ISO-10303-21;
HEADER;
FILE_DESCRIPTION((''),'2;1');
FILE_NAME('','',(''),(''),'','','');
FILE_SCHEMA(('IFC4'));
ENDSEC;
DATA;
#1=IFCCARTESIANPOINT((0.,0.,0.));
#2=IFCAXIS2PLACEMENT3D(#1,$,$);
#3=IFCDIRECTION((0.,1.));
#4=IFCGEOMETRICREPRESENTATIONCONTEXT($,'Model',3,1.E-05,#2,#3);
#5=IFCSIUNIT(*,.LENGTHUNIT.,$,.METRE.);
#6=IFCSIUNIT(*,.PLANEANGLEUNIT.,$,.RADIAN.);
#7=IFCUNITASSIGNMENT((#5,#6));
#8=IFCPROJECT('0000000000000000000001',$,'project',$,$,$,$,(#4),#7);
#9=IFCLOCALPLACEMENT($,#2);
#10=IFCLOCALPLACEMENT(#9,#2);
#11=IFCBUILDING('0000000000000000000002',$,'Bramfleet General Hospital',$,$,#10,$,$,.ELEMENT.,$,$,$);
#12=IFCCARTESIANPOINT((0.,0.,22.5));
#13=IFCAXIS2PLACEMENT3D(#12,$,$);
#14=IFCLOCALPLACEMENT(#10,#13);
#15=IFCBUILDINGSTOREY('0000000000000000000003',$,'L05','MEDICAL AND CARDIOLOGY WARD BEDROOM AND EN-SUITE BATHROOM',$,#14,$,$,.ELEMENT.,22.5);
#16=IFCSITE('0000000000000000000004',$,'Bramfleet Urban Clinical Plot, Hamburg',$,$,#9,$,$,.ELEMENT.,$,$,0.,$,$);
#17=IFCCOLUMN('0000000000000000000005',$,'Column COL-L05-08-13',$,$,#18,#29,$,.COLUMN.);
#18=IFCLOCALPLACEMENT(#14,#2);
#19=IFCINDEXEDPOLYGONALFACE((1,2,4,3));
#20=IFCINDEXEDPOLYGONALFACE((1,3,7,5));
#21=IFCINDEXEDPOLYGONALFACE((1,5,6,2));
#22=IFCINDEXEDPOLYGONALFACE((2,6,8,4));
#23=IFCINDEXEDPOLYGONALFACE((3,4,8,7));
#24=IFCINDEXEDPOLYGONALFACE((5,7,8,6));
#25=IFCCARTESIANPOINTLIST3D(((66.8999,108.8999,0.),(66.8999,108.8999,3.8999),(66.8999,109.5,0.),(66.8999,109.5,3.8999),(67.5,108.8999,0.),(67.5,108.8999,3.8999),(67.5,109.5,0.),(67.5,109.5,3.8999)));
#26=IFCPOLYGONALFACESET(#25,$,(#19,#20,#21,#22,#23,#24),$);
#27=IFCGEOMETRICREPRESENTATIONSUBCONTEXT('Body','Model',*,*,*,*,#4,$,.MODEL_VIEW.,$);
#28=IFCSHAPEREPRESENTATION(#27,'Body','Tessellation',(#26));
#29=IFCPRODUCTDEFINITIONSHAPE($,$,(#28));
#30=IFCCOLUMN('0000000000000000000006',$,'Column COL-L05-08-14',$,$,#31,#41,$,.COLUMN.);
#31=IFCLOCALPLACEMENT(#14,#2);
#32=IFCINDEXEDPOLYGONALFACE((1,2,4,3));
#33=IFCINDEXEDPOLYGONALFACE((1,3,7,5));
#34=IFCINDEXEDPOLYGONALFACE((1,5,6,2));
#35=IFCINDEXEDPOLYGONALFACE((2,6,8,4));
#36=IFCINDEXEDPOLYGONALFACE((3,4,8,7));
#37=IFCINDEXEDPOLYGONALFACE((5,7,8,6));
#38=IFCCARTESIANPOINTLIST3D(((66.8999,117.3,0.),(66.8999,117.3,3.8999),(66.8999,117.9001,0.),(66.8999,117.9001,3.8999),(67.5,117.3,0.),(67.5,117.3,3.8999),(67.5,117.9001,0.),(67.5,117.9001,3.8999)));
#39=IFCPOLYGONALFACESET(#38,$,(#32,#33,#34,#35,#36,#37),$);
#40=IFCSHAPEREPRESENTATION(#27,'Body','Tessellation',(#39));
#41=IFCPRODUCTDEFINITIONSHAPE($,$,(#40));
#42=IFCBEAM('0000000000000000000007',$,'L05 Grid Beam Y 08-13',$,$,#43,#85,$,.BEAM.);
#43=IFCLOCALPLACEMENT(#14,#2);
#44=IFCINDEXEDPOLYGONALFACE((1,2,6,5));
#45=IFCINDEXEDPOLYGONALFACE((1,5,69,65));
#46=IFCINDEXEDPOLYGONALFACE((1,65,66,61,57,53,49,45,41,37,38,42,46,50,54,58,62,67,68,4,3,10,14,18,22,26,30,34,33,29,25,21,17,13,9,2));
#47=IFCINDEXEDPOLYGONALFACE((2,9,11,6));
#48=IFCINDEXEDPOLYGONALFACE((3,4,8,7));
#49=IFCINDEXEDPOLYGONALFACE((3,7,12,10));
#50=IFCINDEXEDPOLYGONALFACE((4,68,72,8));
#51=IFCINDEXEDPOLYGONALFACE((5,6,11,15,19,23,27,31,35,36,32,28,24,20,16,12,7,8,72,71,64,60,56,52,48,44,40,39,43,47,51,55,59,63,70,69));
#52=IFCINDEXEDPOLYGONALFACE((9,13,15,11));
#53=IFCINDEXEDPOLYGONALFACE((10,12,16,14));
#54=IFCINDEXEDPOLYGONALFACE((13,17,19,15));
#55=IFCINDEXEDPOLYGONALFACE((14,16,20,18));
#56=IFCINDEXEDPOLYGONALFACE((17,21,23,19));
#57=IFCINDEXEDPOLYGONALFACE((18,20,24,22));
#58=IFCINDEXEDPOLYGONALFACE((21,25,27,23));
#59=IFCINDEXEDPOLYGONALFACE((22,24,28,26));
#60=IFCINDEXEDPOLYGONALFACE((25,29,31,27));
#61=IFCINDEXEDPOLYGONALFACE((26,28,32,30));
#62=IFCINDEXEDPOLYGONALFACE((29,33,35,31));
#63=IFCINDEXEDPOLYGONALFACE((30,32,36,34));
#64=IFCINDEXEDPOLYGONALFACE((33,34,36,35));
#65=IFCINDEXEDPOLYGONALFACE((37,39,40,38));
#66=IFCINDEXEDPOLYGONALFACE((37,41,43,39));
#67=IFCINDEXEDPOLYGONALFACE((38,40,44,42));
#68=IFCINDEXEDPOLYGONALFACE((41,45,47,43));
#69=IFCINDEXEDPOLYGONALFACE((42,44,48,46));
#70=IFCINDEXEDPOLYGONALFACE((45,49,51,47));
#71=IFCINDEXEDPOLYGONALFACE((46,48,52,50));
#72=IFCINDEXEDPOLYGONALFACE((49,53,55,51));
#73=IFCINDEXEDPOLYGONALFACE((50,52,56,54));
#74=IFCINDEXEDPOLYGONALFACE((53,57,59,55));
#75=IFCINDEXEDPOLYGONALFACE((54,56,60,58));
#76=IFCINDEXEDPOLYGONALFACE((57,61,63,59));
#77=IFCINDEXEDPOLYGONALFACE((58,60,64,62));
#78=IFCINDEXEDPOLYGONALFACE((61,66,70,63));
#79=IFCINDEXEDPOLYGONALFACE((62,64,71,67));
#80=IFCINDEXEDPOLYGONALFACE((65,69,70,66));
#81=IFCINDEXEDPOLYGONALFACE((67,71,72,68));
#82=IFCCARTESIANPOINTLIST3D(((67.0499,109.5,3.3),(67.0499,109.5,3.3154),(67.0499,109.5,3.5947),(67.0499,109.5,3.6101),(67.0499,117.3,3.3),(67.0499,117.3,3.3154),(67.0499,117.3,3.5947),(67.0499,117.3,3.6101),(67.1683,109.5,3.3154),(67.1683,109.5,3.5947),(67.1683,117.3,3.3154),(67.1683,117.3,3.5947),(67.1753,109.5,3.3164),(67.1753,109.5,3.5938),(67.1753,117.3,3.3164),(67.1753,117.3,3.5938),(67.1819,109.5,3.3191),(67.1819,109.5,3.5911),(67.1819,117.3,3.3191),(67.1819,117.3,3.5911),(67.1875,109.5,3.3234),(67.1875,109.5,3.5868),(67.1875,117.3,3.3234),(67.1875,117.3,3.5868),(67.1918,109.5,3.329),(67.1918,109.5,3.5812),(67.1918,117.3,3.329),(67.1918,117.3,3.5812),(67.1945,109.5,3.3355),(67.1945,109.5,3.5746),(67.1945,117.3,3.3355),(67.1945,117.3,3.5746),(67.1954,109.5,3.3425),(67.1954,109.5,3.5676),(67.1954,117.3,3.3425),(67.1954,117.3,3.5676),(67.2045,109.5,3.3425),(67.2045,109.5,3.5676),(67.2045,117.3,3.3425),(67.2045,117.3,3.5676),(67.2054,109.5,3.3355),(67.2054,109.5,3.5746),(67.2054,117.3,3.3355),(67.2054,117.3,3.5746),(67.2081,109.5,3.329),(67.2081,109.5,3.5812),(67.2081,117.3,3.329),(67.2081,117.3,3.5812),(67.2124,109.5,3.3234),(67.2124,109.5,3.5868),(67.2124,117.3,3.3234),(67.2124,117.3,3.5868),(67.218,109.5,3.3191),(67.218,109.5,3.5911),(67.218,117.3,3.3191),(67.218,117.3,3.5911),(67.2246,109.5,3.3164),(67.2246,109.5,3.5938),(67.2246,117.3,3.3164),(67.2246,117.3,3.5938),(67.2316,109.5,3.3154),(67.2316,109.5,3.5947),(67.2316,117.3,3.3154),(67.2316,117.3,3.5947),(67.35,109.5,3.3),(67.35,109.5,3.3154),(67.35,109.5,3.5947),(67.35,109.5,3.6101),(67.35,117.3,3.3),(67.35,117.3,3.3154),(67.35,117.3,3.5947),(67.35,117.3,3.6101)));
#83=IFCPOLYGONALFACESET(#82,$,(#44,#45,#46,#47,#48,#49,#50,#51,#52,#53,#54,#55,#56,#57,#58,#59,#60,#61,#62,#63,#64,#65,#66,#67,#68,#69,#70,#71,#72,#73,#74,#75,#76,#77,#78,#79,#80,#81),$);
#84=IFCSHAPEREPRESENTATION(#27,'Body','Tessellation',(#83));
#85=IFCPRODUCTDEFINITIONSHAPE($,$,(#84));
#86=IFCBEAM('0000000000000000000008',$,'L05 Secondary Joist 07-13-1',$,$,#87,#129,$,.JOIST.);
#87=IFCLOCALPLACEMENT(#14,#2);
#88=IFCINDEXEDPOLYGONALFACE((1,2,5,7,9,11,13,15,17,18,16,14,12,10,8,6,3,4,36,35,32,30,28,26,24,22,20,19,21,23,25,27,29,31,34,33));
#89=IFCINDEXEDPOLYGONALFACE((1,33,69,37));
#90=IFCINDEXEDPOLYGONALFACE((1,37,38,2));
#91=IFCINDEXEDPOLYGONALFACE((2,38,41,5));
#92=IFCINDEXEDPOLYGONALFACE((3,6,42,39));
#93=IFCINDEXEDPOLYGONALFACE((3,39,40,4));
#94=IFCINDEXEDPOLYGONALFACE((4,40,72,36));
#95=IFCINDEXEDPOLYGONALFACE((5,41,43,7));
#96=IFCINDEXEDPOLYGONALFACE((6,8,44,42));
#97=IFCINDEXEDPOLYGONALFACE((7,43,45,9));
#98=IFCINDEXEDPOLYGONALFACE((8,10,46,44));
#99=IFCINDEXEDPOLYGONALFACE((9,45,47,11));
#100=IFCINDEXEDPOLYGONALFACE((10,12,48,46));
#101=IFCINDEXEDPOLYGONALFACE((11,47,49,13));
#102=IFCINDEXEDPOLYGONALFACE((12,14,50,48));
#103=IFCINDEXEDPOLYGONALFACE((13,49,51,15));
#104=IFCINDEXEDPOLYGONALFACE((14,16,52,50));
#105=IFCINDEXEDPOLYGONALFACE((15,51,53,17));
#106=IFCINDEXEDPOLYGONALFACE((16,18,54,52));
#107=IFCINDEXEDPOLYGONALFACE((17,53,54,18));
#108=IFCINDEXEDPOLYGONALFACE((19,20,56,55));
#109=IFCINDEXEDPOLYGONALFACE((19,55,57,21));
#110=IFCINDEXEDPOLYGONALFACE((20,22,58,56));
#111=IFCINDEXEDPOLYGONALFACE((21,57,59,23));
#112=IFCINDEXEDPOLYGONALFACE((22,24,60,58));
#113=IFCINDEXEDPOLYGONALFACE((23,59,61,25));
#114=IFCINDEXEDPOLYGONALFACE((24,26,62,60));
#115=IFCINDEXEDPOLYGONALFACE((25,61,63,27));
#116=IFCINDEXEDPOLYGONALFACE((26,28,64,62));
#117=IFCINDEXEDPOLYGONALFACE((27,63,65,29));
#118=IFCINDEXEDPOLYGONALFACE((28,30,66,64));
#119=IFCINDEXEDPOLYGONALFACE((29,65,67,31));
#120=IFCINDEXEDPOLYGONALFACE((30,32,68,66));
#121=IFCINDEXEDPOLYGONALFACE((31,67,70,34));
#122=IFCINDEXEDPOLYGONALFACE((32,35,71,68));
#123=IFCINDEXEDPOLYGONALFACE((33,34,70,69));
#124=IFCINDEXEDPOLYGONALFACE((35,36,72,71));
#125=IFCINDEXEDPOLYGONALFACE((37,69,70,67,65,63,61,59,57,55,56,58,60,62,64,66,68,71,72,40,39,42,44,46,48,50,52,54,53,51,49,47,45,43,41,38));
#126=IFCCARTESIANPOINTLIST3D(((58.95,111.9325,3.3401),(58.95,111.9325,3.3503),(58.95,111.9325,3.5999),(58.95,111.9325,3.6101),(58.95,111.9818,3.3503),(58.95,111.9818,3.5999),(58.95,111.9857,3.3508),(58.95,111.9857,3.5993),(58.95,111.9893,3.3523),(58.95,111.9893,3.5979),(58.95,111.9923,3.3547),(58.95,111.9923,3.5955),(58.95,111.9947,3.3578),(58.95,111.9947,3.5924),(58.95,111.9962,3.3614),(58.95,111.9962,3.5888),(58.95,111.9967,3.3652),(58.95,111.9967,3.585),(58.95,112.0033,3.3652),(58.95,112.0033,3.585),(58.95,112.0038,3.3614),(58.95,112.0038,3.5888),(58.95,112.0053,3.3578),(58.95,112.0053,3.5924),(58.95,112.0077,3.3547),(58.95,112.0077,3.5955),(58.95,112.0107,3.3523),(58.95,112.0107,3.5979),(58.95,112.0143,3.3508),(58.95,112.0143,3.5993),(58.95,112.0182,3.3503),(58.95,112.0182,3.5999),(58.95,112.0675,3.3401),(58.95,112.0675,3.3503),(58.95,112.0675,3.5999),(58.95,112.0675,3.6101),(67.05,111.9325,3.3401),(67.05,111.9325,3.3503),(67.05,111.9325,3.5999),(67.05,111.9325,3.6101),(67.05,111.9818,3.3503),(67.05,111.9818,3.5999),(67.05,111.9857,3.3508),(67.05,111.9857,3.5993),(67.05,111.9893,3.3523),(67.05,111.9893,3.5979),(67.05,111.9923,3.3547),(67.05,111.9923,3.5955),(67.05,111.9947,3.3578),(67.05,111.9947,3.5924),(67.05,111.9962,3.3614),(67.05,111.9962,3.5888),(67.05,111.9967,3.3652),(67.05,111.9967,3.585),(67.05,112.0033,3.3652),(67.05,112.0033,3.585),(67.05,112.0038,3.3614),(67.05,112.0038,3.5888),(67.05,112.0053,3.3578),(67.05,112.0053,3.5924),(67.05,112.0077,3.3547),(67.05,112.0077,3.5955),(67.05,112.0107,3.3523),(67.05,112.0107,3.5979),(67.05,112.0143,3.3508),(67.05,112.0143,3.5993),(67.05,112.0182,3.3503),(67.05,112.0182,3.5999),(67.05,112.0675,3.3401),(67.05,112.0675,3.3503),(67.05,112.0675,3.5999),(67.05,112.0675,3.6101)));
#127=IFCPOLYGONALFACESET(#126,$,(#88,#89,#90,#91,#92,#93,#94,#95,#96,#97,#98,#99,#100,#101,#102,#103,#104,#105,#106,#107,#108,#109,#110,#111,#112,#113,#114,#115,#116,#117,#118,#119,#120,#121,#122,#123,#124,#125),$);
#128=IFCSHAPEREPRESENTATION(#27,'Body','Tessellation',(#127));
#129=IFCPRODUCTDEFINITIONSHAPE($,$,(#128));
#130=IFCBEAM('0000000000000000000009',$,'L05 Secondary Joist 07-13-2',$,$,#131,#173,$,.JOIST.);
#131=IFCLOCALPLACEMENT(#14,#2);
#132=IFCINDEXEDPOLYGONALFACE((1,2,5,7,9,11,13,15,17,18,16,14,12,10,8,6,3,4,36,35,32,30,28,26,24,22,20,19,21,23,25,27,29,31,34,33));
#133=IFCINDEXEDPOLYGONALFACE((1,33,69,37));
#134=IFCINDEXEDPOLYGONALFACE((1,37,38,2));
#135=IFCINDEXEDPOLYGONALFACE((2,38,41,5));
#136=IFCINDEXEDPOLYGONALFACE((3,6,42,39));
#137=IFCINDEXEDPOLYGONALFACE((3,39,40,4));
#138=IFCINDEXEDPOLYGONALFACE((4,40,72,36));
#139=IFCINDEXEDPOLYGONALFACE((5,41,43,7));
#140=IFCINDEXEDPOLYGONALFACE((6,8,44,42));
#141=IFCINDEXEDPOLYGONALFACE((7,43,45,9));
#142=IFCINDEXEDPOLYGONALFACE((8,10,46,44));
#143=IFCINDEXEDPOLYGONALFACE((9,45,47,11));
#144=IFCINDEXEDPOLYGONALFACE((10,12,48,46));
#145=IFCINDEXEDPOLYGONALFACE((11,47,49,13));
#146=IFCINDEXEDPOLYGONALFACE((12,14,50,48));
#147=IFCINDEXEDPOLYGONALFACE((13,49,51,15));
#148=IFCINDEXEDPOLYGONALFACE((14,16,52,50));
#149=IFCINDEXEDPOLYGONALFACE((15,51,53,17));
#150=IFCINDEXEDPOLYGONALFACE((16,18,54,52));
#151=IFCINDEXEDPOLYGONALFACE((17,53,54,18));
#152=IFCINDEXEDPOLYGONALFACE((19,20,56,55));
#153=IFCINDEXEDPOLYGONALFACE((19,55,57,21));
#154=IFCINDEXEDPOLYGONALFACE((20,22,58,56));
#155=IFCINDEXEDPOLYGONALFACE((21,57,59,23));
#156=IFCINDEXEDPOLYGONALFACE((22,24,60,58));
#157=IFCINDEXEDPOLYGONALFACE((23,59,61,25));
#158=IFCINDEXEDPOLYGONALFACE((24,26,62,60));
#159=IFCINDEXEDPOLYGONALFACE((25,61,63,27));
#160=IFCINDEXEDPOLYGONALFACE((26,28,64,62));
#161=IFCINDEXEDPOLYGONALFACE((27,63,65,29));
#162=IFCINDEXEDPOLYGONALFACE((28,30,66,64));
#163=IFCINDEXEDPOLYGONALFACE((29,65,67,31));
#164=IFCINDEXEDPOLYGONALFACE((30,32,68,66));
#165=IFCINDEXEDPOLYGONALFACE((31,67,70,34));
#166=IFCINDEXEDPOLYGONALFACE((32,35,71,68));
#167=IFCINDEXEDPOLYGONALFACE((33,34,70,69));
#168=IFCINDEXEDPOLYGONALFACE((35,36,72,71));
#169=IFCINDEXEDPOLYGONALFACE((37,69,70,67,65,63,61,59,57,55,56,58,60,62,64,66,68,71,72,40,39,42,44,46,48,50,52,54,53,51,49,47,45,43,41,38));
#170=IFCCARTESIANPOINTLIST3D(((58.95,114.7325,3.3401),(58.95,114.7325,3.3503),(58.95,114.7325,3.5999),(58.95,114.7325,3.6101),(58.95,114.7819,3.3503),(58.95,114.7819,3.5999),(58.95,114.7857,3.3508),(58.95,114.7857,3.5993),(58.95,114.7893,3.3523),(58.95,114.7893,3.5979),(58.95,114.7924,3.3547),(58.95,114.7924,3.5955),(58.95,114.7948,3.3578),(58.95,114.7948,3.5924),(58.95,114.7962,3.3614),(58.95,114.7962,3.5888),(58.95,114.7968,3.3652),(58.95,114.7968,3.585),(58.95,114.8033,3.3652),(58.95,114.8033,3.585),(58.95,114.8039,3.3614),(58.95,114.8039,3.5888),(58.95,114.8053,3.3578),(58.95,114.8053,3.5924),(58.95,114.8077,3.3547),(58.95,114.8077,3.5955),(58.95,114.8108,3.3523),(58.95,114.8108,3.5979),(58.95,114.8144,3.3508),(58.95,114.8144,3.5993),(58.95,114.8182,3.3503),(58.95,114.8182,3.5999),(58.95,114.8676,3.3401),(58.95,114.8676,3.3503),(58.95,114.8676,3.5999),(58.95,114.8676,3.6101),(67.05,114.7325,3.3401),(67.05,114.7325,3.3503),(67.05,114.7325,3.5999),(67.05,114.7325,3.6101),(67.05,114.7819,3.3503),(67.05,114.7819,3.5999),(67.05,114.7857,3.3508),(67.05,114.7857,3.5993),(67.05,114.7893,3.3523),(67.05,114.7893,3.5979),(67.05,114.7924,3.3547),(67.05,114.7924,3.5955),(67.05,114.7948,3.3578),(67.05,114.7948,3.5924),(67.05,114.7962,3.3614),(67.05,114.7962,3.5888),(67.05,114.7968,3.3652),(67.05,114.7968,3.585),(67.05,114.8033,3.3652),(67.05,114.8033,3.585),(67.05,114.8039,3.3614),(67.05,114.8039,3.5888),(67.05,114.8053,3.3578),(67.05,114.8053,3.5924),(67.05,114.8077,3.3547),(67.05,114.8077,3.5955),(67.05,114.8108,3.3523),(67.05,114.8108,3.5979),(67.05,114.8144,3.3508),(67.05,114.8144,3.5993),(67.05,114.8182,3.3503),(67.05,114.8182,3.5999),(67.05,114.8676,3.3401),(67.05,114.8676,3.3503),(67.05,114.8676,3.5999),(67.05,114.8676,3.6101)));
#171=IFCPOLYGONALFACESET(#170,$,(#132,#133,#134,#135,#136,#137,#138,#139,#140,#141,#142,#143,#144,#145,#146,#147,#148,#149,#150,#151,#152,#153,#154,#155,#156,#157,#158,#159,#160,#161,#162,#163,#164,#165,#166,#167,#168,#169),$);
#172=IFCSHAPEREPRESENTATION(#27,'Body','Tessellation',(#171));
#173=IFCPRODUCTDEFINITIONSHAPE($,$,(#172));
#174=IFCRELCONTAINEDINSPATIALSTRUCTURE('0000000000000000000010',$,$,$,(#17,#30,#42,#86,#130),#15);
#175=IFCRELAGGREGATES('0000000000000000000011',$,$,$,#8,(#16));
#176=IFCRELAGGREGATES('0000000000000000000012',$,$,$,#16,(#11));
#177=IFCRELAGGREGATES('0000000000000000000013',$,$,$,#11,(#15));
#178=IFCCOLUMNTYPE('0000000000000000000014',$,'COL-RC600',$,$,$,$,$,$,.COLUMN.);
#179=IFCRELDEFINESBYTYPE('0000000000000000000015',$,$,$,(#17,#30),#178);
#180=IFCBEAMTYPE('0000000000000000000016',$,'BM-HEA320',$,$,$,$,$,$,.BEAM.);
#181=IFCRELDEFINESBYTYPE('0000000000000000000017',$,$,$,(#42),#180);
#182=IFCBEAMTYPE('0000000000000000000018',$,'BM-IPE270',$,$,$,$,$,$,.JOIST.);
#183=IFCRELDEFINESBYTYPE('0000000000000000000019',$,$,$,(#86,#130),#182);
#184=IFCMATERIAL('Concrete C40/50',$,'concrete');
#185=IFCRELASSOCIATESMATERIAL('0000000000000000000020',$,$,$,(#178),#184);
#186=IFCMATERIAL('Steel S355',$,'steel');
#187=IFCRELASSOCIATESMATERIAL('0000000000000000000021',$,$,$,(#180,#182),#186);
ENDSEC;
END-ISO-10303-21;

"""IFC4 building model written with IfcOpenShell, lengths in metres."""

from ifc_helpers import new_model, si_unit, direction, frame, origin, origin_2d, place, context, subcontext, project, spatial, rectangle, i_section, extrude, material, material_profile, profile_set, type_object, element, save


model = new_model("IFC4")

# Units and contexts
model_context = context("Model", 3, precision=1e-05, world=origin(), true_north=direction((0.0, 1.0)))
body_context = subcontext(model_context, "Body", "Model", "MODEL_VIEW")
ifc_project = project(units=[si_unit("LENGTHUNIT", "METRE"), si_unit("PLANEANGLEUNIT", "RADIAN")], contexts=[model_context])

# Site, building, storey
site_placement = place(None, origin())
site = spatial("IfcSite", under=ifc_project, at=site_placement, Name="Bramfleet Urban Clinical Plot, Hamburg", CompositionType="ELEMENT", RefElevation=0.0)
building_placement = place(site_placement, origin())
building = spatial("IfcBuilding", under=site, at=building_placement, Name="Bramfleet General Hospital", CompositionType="ELEMENT")
storey_placement = place(building_placement, frame((0.0, 0.0, 22.5)))
storey = spatial("IfcBuildingStorey", under=building, at=storey_placement, Name="L05", Description="MEDICAL AND CARDIOLOGY WARD BEDROOM AND EN-SUITE BATHROOM", CompositionType="ELEMENT", Elevation=22.5)

# Columns
ifc_material_1 = material(Name="Concrete C40/50", Category="concrete")
ifc_material_profile_1 = material_profile(ifc_material_1, rectangle(XDim=0.6001, YDim=0.6001, at=origin_2d()), Name="RC COL 600x600")
ifc_profile_set_1 = profile_set([ifc_material_profile_1], Name="Concrete C40/50")
column_type = type_object("IfcColumnType", Name="COL-RC600", PredefinedType="COLUMN", material=ifc_profile_set_1)
for number, where, z_axis, x_axis, name in (
    (1, (67.2, 109.2, 0.0), (0.0, 0.0, 1.0), (1.0, 0.0, 0.0), "Column COL-L05-08-13"),
    (2, (67.2, 117.6001, 0.0), (0.0, 0.0, 1.0), (1.0, 0.0, 0.0), "Column COL-L05-08-14"),
):
    element("IfcColumn", number, at=place(storey_placement, frame(where, z_axis=z_axis, x_axis=x_axis)), inside=storey, type_object=column_type, Name=name, PredefinedType="COLUMN", context=body_context, shape_type="SweptSolid", body=[
        extrude(rectangle(XDim=0.6001, YDim=0.6001, at=origin_2d()), origin(), (0.0, 0.0, 1.0), 3.8999),
    ])

# Beams
ifc_material_2 = material(Name="Steel S355", Category="steel")
ifc_material_profile_2 = material_profile(ifc_material_2, i_section(OverallWidth=0.3, OverallDepth=0.3101, WebThickness=0.009, FlangeThickness=0.0154, FilletRadius=0.0271, at=origin_2d()), Name="HEA 320")
ifc_profile_set_2 = profile_set([ifc_material_profile_2], Name="Steel S355")
beam_type_1 = type_object("IfcBeamType", Name="BM-HEA320", PredefinedType="BEAM", material=ifc_profile_set_2)
beam_1_placement = place(storey_placement, frame((67.2, 109.5, 3.4551), z_axis=(0.0, 1.0, 0.0), x_axis=(-1.0, 0.0, 0.0)))
element("IfcBeam", 3, at=beam_1_placement, inside=storey, type_object=beam_type_1, Name="L05 Grid Beam Y 08-13", PredefinedType="BEAM", context=body_context, shape_type="SweptSolid", body=[
    extrude(i_section(OverallWidth=0.3, OverallDepth=0.3101, WebThickness=0.009, FlangeThickness=0.0154, FilletRadius=0.0271, at=origin_2d()), origin(), (0.0, 0.0, 1.0), 7.8),
])
ifc_material_profile_3 = material_profile(ifc_material_2, i_section(OverallWidth=0.135, OverallDepth=0.27, WebThickness=0.0066, FlangeThickness=0.0103, FilletRadius=0.0149, at=origin_2d()), Name="IPE 270")
ifc_profile_set_3 = profile_set([ifc_material_profile_3], Name="Steel S355")
beam_type_2 = type_object("IfcBeamType", Name="BM-IPE270", PredefinedType="JOIST", material=ifc_profile_set_3)
for number, where, z_axis, x_axis, name in (
    (4, (58.95, 112.0, 3.4751), (1.0, 0.0, 0.0), (0.0, 1.0, 0.0), "L05 Secondary Joist 07-13-1"),
    (5, (58.95, 114.8, 3.4751), (1.0, 0.0, 0.0), (0.0, 1.0, 0.0), "L05 Secondary Joist 07-13-2"),
):
    element("IfcBeam", number, at=place(storey_placement, frame(where, z_axis=z_axis, x_axis=x_axis)), inside=storey, type_object=beam_type_2, Name=name, PredefinedType="JOIST", context=body_context, shape_type="SweptSolid", body=[
        extrude(i_section(OverallWidth=0.135, OverallDepth=0.27, WebThickness=0.0066, FlangeThickness=0.0103, FilletRadius=0.0149, at=origin_2d()), origin(), (0.0, 0.0, 1.0), 8.1001),
    ])

save(model, "model.ifc")
